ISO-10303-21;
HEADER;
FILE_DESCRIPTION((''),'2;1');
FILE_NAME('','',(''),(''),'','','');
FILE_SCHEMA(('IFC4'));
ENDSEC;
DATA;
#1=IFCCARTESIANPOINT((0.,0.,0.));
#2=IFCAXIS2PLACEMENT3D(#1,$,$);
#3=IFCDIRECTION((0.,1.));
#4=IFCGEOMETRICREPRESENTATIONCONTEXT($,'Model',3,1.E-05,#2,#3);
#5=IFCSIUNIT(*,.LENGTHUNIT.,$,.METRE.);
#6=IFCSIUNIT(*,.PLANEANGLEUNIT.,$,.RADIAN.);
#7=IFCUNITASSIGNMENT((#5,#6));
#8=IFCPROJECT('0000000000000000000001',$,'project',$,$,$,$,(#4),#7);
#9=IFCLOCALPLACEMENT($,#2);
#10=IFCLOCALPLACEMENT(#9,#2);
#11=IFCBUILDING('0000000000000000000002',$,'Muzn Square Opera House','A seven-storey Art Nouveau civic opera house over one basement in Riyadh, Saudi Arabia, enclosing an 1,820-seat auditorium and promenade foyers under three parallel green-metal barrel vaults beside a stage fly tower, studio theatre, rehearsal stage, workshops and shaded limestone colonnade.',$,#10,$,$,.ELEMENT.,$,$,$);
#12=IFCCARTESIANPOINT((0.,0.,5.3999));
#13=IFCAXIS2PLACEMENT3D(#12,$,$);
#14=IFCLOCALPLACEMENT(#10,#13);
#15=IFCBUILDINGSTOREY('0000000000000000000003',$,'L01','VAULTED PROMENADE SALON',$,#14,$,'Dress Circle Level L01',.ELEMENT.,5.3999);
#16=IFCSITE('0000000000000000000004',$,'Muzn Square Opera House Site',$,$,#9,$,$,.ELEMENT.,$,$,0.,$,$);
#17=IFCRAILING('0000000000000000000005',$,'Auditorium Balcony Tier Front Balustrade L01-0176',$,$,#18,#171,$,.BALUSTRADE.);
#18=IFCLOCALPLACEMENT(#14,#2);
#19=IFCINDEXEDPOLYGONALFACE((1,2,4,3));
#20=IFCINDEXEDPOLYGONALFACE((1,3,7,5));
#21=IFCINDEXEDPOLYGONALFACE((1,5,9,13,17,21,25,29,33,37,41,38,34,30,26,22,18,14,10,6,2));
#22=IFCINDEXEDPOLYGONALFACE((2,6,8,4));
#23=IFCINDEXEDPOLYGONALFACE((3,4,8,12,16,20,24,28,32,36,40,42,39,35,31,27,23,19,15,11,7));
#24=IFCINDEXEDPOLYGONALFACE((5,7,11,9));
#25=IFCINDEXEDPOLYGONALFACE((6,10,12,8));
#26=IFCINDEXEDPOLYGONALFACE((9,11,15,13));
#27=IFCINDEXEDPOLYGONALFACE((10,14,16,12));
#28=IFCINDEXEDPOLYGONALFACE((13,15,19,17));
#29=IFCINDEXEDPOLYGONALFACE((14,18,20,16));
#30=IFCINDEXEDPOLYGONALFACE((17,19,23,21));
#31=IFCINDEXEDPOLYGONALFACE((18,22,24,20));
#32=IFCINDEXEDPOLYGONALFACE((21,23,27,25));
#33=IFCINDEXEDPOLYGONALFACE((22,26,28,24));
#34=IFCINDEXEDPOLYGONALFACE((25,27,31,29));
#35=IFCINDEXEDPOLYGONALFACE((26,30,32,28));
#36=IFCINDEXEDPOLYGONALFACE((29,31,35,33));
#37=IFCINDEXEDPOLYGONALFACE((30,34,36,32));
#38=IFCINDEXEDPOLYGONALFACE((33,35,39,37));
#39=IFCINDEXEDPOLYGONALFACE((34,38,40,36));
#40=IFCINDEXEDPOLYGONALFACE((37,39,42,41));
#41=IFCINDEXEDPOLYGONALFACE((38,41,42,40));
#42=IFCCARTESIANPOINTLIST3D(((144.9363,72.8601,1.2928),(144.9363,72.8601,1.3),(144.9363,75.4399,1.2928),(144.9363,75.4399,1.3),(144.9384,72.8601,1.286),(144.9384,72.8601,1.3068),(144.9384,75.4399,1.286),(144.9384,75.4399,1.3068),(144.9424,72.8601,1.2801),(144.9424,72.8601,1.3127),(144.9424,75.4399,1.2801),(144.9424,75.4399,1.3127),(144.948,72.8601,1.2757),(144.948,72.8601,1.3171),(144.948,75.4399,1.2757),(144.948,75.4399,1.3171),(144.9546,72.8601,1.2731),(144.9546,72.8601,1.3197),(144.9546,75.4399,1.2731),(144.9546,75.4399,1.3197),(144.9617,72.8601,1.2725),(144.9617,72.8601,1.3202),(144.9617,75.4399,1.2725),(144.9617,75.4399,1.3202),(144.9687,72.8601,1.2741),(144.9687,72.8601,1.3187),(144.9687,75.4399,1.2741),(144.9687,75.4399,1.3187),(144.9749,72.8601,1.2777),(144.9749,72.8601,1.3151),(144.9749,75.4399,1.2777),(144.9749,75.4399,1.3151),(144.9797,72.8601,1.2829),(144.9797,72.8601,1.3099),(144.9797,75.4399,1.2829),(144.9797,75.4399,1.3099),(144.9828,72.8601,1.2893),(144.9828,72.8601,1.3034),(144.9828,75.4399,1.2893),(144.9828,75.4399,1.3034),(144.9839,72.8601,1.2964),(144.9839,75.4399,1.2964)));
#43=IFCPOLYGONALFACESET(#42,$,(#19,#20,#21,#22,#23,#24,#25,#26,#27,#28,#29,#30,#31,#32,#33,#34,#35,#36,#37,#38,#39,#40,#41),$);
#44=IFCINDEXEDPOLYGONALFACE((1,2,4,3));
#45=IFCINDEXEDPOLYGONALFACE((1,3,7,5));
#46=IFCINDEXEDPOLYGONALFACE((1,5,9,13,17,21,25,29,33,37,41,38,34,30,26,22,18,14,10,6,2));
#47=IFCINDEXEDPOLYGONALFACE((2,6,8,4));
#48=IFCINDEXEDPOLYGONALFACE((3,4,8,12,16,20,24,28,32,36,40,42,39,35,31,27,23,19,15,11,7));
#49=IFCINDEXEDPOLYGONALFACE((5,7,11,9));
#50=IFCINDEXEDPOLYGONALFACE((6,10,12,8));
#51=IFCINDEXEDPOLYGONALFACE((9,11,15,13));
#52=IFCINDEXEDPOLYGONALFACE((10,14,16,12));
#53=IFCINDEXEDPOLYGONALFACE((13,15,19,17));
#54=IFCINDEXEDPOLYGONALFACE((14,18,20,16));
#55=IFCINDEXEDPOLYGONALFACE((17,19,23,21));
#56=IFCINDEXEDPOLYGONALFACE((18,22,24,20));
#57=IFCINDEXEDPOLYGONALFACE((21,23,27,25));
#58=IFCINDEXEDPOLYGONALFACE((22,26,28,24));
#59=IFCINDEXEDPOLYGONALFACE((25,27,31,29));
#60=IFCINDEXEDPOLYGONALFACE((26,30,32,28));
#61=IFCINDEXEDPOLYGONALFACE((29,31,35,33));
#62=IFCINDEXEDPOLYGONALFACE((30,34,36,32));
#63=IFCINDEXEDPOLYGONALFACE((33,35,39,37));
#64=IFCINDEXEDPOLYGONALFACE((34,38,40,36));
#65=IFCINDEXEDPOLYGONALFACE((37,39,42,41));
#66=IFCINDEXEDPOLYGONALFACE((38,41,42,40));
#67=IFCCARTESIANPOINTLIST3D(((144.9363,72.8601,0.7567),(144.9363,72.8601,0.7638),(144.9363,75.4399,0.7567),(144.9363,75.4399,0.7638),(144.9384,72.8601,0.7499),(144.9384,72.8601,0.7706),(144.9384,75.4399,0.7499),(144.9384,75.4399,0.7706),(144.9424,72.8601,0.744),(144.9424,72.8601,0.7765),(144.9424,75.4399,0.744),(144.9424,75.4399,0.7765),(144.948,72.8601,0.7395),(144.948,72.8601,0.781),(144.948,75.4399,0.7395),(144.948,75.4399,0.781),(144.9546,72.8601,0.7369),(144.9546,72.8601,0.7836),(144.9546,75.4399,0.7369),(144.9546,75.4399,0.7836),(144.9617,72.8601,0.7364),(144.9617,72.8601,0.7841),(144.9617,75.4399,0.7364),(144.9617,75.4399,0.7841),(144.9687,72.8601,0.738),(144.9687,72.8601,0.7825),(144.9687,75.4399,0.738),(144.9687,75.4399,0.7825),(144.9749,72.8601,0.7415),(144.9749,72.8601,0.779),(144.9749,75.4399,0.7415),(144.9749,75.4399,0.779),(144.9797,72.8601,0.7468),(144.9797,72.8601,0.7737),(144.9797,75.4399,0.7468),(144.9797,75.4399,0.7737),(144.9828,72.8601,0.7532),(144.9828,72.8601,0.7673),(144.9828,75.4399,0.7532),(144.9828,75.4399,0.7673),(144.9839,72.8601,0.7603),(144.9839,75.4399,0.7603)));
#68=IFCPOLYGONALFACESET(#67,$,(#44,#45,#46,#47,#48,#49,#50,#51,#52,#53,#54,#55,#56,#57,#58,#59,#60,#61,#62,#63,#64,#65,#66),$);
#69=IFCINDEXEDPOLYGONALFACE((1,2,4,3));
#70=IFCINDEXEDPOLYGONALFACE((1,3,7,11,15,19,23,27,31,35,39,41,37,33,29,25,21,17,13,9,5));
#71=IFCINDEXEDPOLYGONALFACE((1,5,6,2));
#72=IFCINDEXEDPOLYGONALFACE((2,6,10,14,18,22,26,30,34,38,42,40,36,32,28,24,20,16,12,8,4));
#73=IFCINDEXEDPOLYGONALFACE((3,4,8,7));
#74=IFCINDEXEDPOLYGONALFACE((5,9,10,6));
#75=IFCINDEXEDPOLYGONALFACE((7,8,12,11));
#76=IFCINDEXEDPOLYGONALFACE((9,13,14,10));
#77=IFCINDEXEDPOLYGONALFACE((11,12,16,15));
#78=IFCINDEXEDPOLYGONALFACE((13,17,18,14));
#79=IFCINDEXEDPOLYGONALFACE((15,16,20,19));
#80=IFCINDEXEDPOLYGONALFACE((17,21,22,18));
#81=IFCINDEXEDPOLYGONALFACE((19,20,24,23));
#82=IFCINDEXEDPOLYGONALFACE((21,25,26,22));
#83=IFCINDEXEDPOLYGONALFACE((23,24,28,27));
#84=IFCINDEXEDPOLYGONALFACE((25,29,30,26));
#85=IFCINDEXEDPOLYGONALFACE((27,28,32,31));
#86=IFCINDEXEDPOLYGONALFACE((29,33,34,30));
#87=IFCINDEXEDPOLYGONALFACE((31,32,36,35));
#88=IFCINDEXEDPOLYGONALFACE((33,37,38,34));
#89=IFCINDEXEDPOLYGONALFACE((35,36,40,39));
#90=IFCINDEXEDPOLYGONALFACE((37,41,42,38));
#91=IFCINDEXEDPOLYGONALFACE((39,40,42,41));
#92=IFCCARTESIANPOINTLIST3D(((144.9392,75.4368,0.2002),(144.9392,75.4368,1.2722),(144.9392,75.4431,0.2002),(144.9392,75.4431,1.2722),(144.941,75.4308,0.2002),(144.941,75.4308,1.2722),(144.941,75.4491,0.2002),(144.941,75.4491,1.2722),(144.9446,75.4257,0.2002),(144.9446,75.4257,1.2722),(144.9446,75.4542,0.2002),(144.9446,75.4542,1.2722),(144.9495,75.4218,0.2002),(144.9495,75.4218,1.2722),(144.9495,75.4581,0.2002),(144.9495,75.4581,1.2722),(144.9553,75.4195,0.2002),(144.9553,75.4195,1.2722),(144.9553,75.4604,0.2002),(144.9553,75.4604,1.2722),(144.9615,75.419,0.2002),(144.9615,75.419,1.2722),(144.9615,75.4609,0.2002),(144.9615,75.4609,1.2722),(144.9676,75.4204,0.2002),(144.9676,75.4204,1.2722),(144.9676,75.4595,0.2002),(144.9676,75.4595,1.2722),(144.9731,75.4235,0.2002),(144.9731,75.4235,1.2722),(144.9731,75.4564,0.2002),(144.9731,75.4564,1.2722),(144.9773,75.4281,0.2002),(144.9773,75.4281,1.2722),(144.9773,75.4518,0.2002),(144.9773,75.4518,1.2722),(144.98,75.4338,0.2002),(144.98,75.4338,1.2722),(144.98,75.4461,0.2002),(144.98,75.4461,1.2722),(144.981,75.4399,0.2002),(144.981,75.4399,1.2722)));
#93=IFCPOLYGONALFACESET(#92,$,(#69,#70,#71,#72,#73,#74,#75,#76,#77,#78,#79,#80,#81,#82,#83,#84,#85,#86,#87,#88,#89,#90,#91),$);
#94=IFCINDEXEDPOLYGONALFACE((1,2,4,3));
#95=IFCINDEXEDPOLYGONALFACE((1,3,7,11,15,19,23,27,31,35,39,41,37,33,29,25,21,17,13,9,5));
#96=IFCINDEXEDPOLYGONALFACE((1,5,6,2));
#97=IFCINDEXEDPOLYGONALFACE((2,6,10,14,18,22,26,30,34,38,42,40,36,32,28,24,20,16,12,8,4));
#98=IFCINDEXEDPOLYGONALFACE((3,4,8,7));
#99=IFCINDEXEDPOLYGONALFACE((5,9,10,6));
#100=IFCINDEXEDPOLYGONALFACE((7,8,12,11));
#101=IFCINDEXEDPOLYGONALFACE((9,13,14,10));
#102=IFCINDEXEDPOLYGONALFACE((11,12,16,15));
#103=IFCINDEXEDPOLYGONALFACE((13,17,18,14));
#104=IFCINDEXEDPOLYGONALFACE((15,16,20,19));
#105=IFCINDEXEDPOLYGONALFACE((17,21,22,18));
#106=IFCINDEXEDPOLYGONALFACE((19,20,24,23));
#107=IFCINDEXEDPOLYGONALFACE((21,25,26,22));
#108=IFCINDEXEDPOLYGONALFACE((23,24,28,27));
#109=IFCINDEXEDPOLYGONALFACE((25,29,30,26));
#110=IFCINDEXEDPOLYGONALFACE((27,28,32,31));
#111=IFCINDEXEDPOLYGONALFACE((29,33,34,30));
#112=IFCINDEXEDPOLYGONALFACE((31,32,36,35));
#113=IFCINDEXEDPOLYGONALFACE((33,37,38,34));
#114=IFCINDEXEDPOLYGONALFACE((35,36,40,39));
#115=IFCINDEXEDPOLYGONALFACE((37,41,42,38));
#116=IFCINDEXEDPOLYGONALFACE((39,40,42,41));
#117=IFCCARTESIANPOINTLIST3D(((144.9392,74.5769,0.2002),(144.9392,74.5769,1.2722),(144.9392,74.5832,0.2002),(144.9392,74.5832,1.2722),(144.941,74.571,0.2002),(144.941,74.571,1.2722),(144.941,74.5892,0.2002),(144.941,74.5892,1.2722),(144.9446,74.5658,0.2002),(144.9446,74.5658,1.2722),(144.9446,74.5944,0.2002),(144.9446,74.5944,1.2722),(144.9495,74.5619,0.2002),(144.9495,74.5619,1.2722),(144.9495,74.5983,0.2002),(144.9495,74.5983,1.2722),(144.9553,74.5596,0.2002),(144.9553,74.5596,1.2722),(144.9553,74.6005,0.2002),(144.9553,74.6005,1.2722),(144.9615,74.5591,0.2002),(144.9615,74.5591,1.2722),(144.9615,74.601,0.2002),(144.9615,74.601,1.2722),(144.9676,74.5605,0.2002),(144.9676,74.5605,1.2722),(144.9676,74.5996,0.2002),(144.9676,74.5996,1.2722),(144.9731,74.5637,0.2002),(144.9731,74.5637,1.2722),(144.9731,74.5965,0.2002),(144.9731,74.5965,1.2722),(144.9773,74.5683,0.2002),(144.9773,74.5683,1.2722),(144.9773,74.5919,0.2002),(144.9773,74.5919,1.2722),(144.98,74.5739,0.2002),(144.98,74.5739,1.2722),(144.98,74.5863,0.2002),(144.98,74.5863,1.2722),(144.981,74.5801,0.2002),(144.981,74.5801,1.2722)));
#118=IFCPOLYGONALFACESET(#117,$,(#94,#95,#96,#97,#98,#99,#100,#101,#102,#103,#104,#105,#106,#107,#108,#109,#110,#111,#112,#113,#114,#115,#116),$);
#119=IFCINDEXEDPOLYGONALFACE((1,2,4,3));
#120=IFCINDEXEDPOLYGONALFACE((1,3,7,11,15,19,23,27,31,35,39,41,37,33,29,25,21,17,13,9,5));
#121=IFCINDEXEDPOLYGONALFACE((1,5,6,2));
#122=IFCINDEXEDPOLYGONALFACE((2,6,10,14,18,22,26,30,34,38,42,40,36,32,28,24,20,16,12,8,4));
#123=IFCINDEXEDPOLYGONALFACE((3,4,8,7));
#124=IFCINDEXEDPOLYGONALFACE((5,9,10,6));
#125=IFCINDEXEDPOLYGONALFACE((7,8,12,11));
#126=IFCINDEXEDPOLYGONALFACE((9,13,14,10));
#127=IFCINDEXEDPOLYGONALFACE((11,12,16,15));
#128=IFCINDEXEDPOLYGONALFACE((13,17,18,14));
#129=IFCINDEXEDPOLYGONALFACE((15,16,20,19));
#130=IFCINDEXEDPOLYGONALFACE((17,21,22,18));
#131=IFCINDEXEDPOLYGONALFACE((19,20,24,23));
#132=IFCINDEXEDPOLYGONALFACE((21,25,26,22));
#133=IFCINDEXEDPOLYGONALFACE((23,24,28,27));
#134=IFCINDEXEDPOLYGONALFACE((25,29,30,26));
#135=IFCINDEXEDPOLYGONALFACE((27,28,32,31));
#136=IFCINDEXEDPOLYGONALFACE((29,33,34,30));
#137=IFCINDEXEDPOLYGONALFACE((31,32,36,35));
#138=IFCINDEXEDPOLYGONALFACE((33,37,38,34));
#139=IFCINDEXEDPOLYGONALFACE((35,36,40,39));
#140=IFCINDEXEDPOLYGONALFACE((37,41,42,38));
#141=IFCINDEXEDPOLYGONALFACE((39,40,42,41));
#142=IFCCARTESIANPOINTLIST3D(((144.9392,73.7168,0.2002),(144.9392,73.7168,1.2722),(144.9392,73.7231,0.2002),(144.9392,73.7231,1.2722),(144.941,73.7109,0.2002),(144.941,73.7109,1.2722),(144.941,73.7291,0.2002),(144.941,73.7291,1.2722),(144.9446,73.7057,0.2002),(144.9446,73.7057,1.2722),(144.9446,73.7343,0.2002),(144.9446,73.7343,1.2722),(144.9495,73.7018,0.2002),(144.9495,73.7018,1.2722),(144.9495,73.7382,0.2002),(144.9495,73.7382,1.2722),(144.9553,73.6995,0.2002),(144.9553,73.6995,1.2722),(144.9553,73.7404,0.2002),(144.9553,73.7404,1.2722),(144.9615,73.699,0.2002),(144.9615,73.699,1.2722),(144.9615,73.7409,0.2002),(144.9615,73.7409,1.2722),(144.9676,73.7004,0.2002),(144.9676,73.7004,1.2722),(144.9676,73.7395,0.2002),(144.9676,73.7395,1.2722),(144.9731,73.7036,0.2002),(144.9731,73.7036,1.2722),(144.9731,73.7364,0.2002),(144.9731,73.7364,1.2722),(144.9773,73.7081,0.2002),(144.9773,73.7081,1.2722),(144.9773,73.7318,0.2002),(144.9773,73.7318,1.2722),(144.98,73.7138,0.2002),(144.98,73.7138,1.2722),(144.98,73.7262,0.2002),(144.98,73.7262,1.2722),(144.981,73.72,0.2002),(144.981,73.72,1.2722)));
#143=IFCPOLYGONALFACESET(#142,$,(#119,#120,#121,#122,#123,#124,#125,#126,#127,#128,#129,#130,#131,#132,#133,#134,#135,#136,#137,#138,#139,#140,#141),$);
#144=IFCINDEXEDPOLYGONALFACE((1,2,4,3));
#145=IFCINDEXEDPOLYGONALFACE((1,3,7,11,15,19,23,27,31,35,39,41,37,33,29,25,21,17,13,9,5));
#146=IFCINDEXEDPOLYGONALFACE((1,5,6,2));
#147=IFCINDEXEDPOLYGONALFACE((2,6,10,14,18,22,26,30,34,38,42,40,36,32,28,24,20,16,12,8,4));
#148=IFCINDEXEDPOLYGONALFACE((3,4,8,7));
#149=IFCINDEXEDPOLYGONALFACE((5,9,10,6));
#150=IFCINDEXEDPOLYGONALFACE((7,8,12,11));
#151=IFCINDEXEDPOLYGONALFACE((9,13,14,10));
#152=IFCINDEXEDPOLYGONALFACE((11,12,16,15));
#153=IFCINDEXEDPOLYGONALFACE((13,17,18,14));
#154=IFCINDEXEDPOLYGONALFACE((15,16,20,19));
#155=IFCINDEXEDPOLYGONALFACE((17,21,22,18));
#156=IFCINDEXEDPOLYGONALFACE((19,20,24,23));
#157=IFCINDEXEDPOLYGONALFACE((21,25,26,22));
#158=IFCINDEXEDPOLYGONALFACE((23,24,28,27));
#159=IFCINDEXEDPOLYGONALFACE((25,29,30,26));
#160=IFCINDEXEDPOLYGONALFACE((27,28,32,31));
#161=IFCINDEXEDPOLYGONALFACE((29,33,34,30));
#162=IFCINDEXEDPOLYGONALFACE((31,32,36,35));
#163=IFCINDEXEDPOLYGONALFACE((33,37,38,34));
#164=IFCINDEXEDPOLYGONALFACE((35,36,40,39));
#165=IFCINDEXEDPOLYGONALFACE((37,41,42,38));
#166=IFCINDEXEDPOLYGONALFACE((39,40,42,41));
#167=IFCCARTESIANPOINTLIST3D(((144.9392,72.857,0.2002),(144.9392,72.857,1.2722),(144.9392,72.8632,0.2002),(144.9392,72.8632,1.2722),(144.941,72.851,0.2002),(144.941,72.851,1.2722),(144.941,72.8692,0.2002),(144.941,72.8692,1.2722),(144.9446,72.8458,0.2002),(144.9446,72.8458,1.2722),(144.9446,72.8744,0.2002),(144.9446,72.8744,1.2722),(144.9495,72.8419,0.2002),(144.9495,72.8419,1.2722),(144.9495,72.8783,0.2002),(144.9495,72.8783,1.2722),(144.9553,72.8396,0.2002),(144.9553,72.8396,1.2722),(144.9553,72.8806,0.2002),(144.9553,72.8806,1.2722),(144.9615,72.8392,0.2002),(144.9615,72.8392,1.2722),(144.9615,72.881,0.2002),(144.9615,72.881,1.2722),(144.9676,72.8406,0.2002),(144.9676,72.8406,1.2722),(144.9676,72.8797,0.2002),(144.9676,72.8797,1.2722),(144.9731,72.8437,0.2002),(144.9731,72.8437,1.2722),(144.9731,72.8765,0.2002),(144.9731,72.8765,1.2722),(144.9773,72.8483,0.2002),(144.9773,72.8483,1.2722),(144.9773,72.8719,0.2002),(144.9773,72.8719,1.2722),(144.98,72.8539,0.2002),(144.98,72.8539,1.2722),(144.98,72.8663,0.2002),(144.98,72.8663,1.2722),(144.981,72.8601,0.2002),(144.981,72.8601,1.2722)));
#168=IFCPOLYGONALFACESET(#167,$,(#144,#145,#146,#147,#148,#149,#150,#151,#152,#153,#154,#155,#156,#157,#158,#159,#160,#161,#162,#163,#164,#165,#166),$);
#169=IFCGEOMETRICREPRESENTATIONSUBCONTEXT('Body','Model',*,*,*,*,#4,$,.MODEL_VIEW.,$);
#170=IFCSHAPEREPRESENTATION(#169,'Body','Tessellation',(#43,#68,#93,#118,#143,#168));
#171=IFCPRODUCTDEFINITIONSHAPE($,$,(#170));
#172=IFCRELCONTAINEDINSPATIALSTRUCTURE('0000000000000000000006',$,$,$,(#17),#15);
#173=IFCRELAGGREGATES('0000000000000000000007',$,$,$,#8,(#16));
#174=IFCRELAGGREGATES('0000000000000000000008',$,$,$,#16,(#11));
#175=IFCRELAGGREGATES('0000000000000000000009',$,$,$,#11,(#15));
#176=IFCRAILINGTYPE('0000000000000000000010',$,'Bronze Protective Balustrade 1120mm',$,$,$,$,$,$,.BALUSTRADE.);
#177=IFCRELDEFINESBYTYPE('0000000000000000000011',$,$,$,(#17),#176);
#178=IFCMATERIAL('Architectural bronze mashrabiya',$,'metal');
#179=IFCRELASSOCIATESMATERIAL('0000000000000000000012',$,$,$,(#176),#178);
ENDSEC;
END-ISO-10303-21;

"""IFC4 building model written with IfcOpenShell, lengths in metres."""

from ifc_helpers import new_model, si_unit, direction, frame, origin, origin_2d, place, context, subcontext, project, spatial, circle, extrude, material, type_object, element, save


model = new_model("IFC4")

# Units and contexts
model_context = context("Model", 3, precision=1e-05, world=origin(), true_north=direction((0.0, 1.0)))
body_context = subcontext(model_context, "Body", "Model", "MODEL_VIEW")
ifc_project = project(units=[si_unit("LENGTHUNIT", "METRE"), si_unit("PLANEANGLEUNIT", "RADIAN")], contexts=[model_context])

# Site, building, storey
site_placement = place(None, origin())
site = spatial("IfcSite", under=ifc_project, at=site_placement, Name="Muzn Square Opera House Site", CompositionType="ELEMENT", RefElevation=0.0)
building_placement = place(site_placement, origin())
building = spatial("IfcBuilding", under=site, at=building_placement, Name="Muzn Square Opera House", Description="A seven-storey Art Nouveau civic opera house over one basement in Riyadh, Saudi Arabia, enclosing an 1,820-seat auditorium and promenade foyers under three parallel green-metal barrel vaults beside a stage fly tower, studio theatre, rehearsal stage, workshops and shaded limestone colonnade.", CompositionType="ELEMENT")
storey_placement = place(building_placement, frame((0.0, 0.0, 5.3999)))
storey = spatial("IfcBuildingStorey", under=building, at=storey_placement, Name="L01", Description="VAULTED PROMENADE SALON", LongName="Dress Circle Level L01", CompositionType="ELEMENT", Elevation=5.3999)

# Railing
ifc_material_1 = material(Name="Architectural bronze mashrabiya", Category="metal")
railing_type = type_object("IfcRailingType", Name="Bronze Protective Balustrade 1120mm", PredefinedType="BALUSTRADE", material=ifc_material_1)
railing_1_placement = place(storey_placement, frame((144.96, 75.4399, 0.2002)))
element("IfcRailing", 1, at=railing_1_placement, inside=storey, type_object=railing_type, Name="Auditorium Balcony Tier Front Balustrade L01-0176", PredefinedType="BALUSTRADE", context=body_context, shape_type="SweptSolid", body=[
    extrude(circle(Radius=0.0239, at=origin_2d()), frame((0.0, 0.0, 1.0962), z_axis=(0.0, -1.0, 0.0), x_axis=(1.0, 0.0, 0.0)), (0.0, 0.0, 1.0), 2.5798),
    extrude(circle(Radius=0.0239, at=origin_2d()), frame((0.0, 0.0, 0.5601), z_axis=(0.0, -1.0, 0.0), x_axis=(1.0, 0.0, 0.0)), (0.0, 0.0, 1.0), 2.5798),
    extrude(circle(Radius=0.021, at=origin_2d()), origin(), (0.0, 0.0, 1.0), 1.072),
    extrude(circle(Radius=0.021, at=origin_2d()), frame((0.0, -0.8599, 0.0)), (0.0, 0.0, 1.0), 1.072),
    extrude(circle(Radius=0.021, at=origin_2d()), frame((0.0, -1.72, 0.0)), (0.0, 0.0, 1.0), 1.072),
    extrude(circle(Radius=0.021, at=origin_2d()), frame((0.0, -2.5798, 0.0)), (0.0, 0.0, 1.0), 1.072),
])

save(model, "model.ifc")
